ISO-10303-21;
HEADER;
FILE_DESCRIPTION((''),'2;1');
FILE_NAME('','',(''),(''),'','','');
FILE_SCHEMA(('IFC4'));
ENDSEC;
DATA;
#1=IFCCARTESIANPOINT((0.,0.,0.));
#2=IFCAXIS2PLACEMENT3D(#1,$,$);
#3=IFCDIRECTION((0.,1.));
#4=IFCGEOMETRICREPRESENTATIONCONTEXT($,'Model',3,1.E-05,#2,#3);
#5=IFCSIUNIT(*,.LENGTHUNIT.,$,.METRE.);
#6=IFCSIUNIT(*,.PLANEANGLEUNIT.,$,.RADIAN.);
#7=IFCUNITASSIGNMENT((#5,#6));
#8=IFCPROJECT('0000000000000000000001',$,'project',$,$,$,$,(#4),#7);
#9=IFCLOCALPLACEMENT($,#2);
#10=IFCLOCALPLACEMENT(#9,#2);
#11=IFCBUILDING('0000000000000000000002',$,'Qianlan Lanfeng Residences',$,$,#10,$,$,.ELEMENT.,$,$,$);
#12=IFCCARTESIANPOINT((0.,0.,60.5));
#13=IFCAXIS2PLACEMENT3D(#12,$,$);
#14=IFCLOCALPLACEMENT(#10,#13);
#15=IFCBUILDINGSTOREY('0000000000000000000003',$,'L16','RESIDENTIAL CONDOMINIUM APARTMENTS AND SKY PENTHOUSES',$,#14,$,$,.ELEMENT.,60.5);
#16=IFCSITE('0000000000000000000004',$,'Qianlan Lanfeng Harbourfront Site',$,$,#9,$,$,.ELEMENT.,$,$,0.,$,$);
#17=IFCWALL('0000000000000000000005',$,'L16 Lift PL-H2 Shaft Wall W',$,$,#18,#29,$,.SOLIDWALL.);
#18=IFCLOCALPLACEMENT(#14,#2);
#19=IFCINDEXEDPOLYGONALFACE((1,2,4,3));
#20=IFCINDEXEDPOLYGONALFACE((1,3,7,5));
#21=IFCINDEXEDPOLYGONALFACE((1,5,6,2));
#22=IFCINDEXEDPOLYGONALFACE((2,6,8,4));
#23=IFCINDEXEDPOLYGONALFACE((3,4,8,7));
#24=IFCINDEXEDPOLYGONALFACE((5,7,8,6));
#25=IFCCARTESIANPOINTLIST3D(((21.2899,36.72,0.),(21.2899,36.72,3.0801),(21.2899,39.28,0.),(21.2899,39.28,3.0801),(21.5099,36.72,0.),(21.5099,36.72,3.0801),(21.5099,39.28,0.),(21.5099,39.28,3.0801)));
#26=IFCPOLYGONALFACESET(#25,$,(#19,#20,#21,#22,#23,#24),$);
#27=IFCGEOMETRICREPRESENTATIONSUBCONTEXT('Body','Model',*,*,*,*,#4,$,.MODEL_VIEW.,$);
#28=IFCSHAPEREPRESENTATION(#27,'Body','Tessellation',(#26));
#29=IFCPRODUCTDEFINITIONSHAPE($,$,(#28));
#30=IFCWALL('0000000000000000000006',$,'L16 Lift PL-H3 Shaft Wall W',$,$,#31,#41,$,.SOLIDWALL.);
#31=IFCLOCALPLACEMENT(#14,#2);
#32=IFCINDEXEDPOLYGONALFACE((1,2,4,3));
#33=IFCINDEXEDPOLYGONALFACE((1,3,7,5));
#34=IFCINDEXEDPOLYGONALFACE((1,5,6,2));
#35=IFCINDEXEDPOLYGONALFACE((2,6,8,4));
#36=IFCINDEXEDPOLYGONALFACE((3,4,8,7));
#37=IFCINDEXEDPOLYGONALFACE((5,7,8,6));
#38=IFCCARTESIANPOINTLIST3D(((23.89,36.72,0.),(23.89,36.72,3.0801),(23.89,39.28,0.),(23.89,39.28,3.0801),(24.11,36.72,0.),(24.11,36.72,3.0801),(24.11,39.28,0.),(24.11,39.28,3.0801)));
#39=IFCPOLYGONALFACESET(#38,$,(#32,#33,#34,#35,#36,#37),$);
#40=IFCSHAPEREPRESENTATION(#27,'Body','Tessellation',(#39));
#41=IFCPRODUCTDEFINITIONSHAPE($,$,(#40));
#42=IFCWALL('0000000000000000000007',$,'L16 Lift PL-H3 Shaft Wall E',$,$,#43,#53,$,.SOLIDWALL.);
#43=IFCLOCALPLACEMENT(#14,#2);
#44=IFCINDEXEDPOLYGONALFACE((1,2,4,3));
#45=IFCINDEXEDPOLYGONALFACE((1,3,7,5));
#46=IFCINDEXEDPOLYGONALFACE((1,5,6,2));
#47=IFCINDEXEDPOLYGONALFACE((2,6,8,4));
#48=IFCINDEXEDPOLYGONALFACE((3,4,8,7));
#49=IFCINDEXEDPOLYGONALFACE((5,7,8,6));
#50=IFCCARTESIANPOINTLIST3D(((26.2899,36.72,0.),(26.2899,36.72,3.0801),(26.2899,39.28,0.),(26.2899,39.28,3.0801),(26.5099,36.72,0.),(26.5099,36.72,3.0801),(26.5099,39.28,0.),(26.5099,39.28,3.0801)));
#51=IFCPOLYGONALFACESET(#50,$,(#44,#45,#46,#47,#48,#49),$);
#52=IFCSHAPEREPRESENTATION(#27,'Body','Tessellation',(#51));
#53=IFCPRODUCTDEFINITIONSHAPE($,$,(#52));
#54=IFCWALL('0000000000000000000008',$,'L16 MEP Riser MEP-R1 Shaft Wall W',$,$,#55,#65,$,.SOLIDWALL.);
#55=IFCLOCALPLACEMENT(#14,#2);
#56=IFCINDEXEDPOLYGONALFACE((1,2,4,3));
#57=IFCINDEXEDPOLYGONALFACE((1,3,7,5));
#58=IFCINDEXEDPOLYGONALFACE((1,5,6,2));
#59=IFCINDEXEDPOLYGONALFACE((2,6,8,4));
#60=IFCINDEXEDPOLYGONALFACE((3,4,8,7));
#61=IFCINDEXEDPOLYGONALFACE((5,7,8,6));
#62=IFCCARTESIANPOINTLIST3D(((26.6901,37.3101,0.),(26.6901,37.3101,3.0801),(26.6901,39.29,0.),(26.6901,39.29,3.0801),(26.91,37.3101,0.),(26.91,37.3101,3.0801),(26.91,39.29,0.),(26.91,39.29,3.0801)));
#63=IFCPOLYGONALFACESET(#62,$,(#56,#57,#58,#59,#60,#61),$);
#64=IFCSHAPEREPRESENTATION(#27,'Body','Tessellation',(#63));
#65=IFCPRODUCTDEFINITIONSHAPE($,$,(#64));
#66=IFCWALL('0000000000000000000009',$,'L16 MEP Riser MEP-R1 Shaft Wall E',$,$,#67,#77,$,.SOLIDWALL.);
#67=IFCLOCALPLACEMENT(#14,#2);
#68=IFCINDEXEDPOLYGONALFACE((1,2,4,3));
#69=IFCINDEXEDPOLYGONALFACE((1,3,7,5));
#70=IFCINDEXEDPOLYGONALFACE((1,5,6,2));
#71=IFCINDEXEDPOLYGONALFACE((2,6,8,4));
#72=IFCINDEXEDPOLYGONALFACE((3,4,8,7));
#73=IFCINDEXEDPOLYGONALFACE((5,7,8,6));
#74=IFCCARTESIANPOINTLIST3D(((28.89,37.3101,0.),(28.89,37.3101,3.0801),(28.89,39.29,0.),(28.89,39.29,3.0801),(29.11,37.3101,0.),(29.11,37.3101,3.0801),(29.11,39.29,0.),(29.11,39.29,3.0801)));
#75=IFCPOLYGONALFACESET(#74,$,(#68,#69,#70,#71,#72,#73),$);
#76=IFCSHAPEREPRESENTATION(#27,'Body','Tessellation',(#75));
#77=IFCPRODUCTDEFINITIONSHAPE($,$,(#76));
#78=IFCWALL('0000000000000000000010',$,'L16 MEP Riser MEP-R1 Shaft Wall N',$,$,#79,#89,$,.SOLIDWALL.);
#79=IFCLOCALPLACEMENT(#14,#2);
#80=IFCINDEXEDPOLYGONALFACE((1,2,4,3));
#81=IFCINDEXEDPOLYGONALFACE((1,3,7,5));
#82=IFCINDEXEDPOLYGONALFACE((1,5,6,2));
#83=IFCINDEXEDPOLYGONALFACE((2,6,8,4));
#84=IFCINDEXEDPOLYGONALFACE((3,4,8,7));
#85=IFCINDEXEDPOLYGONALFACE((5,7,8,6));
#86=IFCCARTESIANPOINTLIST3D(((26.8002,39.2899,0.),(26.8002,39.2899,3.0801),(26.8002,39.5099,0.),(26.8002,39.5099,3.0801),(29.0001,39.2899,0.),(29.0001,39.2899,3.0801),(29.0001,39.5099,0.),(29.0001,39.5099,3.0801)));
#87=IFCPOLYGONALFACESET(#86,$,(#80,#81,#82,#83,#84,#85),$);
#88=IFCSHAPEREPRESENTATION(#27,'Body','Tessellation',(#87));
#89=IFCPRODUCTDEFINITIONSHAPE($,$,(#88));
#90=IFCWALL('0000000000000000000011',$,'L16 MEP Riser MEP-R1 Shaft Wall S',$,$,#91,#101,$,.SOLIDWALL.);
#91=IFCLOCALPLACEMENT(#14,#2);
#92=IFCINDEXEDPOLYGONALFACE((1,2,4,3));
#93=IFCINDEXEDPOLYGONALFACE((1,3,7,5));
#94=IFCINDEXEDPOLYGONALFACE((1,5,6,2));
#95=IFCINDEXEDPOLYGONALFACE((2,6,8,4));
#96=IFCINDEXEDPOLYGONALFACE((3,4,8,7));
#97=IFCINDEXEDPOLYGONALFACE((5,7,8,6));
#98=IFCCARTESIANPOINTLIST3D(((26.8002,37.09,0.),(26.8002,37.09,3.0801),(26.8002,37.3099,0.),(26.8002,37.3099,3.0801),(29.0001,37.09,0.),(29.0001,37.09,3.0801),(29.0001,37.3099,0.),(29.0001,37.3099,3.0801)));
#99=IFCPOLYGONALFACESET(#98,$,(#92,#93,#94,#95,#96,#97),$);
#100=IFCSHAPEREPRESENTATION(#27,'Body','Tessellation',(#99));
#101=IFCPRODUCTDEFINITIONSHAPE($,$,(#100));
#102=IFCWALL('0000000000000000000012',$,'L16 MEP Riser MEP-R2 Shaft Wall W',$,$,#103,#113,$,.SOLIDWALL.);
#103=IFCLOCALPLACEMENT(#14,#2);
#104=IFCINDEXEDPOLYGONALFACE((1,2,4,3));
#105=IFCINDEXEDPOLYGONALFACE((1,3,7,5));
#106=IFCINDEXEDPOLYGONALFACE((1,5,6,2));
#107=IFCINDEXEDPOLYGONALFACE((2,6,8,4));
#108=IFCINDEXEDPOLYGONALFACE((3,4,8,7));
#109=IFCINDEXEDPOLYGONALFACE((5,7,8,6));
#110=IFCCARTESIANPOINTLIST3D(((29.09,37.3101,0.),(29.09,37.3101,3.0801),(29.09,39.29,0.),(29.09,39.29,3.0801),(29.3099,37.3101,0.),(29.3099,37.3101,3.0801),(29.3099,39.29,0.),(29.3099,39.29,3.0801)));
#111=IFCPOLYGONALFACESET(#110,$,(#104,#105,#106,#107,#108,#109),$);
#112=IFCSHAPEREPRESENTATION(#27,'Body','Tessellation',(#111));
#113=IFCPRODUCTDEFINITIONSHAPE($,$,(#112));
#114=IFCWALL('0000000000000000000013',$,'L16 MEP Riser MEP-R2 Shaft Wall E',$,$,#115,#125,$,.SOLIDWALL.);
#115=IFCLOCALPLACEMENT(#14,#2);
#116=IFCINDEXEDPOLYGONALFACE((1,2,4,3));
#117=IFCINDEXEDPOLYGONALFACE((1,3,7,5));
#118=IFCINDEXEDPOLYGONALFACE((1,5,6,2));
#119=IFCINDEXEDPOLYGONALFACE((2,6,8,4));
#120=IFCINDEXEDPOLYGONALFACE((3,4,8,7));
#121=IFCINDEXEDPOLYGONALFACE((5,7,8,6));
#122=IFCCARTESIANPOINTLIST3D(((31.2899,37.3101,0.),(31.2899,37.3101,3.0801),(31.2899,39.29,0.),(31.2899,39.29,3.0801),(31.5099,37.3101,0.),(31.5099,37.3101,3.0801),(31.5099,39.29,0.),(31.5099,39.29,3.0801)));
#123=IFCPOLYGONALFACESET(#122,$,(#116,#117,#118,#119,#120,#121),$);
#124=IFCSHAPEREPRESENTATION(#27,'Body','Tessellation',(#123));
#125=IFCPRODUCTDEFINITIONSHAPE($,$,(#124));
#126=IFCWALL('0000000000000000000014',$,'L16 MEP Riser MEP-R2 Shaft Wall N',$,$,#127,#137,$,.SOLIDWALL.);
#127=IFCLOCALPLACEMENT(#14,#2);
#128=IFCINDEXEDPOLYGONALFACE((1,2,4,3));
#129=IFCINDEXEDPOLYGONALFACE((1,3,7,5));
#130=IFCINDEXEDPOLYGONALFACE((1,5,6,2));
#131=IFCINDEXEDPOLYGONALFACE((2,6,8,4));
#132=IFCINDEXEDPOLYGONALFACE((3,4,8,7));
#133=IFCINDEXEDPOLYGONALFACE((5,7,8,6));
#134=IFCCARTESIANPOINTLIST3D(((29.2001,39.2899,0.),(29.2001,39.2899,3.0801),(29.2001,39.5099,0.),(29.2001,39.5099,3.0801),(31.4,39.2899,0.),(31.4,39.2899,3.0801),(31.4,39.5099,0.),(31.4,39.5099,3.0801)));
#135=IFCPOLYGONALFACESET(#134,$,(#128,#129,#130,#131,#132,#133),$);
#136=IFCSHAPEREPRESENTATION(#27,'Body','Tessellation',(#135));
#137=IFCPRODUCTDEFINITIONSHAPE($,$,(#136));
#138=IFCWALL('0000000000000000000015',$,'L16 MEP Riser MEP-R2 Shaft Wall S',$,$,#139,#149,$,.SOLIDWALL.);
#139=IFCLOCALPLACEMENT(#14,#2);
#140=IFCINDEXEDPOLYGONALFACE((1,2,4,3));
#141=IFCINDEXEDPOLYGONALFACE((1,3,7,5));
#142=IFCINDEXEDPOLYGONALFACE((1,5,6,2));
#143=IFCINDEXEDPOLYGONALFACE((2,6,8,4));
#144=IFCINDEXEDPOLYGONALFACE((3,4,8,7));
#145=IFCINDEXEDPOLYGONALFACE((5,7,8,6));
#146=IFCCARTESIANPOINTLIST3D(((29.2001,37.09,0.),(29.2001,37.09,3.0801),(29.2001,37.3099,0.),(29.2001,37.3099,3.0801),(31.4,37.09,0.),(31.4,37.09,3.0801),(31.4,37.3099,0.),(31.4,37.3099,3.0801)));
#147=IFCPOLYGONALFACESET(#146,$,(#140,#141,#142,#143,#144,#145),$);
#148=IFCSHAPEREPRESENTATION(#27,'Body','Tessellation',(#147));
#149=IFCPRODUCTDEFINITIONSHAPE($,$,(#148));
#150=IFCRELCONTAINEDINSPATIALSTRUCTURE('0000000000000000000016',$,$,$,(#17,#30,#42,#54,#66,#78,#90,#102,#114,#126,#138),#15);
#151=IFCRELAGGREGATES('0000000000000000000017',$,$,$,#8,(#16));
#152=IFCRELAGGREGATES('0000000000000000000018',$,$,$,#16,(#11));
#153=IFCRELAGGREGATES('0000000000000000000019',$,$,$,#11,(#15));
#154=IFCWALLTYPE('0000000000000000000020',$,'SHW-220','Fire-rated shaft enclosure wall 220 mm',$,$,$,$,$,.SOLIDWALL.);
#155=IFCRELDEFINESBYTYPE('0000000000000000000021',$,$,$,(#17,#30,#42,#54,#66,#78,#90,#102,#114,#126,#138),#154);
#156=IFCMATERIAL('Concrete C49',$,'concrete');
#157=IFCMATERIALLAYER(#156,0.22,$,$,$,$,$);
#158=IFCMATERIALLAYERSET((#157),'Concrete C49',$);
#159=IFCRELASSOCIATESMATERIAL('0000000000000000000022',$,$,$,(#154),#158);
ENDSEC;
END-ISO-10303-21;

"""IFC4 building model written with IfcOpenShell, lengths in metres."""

from ifc_helpers import new_model, si_unit, direction, frame, frame_2d, origin, place, context, subcontext, project, spatial, rectangle, extrude, material, layer, layer_set, type_object, element, save


model = new_model("IFC4")

# Units and contexts
model_context = context("Model", 3, precision=1e-05, world=origin(), true_north=direction((0.0, 1.0)))
body_context = subcontext(model_context, "Body", "Model", "MODEL_VIEW")
ifc_project = project(units=[si_unit("LENGTHUNIT", "METRE"), si_unit("PLANEANGLEUNIT", "RADIAN")], contexts=[model_context])

# Site, building, storey
site_placement = place(None, origin())
site = spatial("IfcSite", under=ifc_project, at=site_placement, Name="Qianlan Lanfeng Harbourfront Site", CompositionType="ELEMENT", RefElevation=0.0)
building_placement = place(site_placement, origin())
building = spatial("IfcBuilding", under=site, at=building_placement, Name="Qianlan Lanfeng Residences", CompositionType="ELEMENT")
storey_placement = place(building_placement, frame((0.0, 0.0, 60.5)))
storey = spatial("IfcBuildingStorey", under=building, at=storey_placement, Name="L16", Description="RESIDENTIAL CONDOMINIUM APARTMENTS AND SKY PENTHOUSES", CompositionType="ELEMENT", Elevation=60.5)

# Walls
ifc_material_1 = material(Name="Concrete C49", Category="concrete")
ifc_layer_1 = layer(ifc_material_1, 0.22)
ifc_layer_set_1 = layer_set([ifc_layer_1], Name="Concrete C49")
wall_type_1 = type_object("IfcWallType", Name="SHW-220", Description="Fire-rated shaft enclosure wall 220 mm", PredefinedType="SOLIDWALL", material=ifc_layer_set_1)
for number, where, z_axis, x_axis, name in (
    (1, (21.3999, 36.72, 0.0), (0.0, 0.0, 1.0), (0.0, 1.0, 0.0), "L16 Lift PL-H2 Shaft Wall W"),
    (2, (24.0, 36.72, 0.0), (0.0, 0.0, 1.0), (0.0, 1.0, 0.0), "L16 Lift PL-H3 Shaft Wall W"),
    (3, (26.3999, 36.72, 0.0), (0.0, 0.0, 1.0), (0.0, 1.0, 0.0), "L16 Lift PL-H3 Shaft Wall E"),
):
    element("IfcWall", number, at=place(storey_placement, frame(where, z_axis=z_axis, x_axis=x_axis)), inside=storey, type_object=wall_type_1, Name=name, PredefinedType="SOLIDWALL", context=body_context, shape_type="SweptSolid", body=[
        extrude(rectangle(XDim=2.5601, YDim=0.22, at=frame_2d((1.28, 0.0))), origin(), (0.0, 0.0, 1.0), 3.0801),
    ])
for number, where, z_axis, x_axis, name in (
    (4, (26.8, 37.3101, 0.0), (0.0, 0.0, 1.0), (0.0, 1.0, 0.0), "L16 MEP Riser MEP-R1 Shaft Wall W"),
    (5, (29.0, 37.3101, 0.0), (0.0, 0.0, 1.0), (0.0, 1.0, 0.0), "L16 MEP Riser MEP-R1 Shaft Wall E"),
):
    element("IfcWall", number, at=place(storey_placement, frame(where, z_axis=z_axis, x_axis=x_axis)), inside=storey, type_object=wall_type_1, Name=name, PredefinedType="SOLIDWALL", context=body_context, shape_type="SweptSolid", body=[
        extrude(rectangle(XDim=1.98, YDim=0.22, at=frame_2d((0.99, 0.0))), origin(), (0.0, 0.0, 1.0), 3.0801),
    ])
for number, where, z_axis, x_axis, name in (
    (6, (26.8, 39.3999, 0.0), (0.0, 0.0, 1.0), (1.0, 0.0, 0.0), "L16 MEP Riser MEP-R1 Shaft Wall N"),
    (7, (26.8, 37.2, 0.0), (0.0, 0.0, 1.0), (1.0, 0.0, 0.0), "L16 MEP Riser MEP-R1 Shaft Wall S"),
):
    element("IfcWall", number, at=place(storey_placement, frame(where, z_axis=z_axis, x_axis=x_axis)), inside=storey, type_object=wall_type_1, Name=name, PredefinedType="SOLIDWALL", context=body_context, shape_type="SweptSolid", body=[
        extrude(rectangle(XDim=2.2, YDim=0.22, at=frame_2d((1.1001, 0.0))), origin(), (0.0, 0.0, 1.0), 3.0801),
    ])
for number, where, z_axis, x_axis, name in (
    (8, (29.2, 37.3101, 0.0), (0.0, 0.0, 1.0), (0.0, 1.0, 0.0), "L16 MEP Riser MEP-R2 Shaft Wall W"),
    (9, (31.3999, 37.3101, 0.0), (0.0, 0.0, 1.0), (0.0, 1.0, 0.0), "L16 MEP Riser MEP-R2 Shaft Wall E"),
):
    element("IfcWall", number, at=place(storey_placement, frame(where, z_axis=z_axis, x_axis=x_axis)), inside=storey, type_object=wall_type_1, Name=name, PredefinedType="SOLIDWALL", context=body_context, shape_type="SweptSolid", body=[
        extrude(rectangle(XDim=1.98, YDim=0.22, at=frame_2d((0.99, 0.0))), origin(), (0.0, 0.0, 1.0), 3.0801),
    ])
for number, where, z_axis, x_axis, name in (
    (10, (29.2, 39.3999, 0.0), (0.0, 0.0, 1.0), (1.0, 0.0, 0.0), "L16 MEP Riser MEP-R2 Shaft Wall N"),
    (11, (29.2, 37.2, 0.0), (0.0, 0.0, 1.0), (1.0, 0.0, 0.0), "L16 MEP Riser MEP-R2 Shaft Wall S"),
):
    element("IfcWall", number, at=place(storey_placement, frame(where, z_axis=z_axis, x_axis=x_axis)), inside=storey, type_object=wall_type_1, Name=name, PredefinedType="SOLIDWALL", context=body_context, shape_type="SweptSolid", body=[
        extrude(rectangle(XDim=2.2, YDim=0.22, at=frame_2d((1.1001, 0.0))), origin(), (0.0, 0.0, 1.0), 3.0801),
    ])

save(model, "model.ifc")
